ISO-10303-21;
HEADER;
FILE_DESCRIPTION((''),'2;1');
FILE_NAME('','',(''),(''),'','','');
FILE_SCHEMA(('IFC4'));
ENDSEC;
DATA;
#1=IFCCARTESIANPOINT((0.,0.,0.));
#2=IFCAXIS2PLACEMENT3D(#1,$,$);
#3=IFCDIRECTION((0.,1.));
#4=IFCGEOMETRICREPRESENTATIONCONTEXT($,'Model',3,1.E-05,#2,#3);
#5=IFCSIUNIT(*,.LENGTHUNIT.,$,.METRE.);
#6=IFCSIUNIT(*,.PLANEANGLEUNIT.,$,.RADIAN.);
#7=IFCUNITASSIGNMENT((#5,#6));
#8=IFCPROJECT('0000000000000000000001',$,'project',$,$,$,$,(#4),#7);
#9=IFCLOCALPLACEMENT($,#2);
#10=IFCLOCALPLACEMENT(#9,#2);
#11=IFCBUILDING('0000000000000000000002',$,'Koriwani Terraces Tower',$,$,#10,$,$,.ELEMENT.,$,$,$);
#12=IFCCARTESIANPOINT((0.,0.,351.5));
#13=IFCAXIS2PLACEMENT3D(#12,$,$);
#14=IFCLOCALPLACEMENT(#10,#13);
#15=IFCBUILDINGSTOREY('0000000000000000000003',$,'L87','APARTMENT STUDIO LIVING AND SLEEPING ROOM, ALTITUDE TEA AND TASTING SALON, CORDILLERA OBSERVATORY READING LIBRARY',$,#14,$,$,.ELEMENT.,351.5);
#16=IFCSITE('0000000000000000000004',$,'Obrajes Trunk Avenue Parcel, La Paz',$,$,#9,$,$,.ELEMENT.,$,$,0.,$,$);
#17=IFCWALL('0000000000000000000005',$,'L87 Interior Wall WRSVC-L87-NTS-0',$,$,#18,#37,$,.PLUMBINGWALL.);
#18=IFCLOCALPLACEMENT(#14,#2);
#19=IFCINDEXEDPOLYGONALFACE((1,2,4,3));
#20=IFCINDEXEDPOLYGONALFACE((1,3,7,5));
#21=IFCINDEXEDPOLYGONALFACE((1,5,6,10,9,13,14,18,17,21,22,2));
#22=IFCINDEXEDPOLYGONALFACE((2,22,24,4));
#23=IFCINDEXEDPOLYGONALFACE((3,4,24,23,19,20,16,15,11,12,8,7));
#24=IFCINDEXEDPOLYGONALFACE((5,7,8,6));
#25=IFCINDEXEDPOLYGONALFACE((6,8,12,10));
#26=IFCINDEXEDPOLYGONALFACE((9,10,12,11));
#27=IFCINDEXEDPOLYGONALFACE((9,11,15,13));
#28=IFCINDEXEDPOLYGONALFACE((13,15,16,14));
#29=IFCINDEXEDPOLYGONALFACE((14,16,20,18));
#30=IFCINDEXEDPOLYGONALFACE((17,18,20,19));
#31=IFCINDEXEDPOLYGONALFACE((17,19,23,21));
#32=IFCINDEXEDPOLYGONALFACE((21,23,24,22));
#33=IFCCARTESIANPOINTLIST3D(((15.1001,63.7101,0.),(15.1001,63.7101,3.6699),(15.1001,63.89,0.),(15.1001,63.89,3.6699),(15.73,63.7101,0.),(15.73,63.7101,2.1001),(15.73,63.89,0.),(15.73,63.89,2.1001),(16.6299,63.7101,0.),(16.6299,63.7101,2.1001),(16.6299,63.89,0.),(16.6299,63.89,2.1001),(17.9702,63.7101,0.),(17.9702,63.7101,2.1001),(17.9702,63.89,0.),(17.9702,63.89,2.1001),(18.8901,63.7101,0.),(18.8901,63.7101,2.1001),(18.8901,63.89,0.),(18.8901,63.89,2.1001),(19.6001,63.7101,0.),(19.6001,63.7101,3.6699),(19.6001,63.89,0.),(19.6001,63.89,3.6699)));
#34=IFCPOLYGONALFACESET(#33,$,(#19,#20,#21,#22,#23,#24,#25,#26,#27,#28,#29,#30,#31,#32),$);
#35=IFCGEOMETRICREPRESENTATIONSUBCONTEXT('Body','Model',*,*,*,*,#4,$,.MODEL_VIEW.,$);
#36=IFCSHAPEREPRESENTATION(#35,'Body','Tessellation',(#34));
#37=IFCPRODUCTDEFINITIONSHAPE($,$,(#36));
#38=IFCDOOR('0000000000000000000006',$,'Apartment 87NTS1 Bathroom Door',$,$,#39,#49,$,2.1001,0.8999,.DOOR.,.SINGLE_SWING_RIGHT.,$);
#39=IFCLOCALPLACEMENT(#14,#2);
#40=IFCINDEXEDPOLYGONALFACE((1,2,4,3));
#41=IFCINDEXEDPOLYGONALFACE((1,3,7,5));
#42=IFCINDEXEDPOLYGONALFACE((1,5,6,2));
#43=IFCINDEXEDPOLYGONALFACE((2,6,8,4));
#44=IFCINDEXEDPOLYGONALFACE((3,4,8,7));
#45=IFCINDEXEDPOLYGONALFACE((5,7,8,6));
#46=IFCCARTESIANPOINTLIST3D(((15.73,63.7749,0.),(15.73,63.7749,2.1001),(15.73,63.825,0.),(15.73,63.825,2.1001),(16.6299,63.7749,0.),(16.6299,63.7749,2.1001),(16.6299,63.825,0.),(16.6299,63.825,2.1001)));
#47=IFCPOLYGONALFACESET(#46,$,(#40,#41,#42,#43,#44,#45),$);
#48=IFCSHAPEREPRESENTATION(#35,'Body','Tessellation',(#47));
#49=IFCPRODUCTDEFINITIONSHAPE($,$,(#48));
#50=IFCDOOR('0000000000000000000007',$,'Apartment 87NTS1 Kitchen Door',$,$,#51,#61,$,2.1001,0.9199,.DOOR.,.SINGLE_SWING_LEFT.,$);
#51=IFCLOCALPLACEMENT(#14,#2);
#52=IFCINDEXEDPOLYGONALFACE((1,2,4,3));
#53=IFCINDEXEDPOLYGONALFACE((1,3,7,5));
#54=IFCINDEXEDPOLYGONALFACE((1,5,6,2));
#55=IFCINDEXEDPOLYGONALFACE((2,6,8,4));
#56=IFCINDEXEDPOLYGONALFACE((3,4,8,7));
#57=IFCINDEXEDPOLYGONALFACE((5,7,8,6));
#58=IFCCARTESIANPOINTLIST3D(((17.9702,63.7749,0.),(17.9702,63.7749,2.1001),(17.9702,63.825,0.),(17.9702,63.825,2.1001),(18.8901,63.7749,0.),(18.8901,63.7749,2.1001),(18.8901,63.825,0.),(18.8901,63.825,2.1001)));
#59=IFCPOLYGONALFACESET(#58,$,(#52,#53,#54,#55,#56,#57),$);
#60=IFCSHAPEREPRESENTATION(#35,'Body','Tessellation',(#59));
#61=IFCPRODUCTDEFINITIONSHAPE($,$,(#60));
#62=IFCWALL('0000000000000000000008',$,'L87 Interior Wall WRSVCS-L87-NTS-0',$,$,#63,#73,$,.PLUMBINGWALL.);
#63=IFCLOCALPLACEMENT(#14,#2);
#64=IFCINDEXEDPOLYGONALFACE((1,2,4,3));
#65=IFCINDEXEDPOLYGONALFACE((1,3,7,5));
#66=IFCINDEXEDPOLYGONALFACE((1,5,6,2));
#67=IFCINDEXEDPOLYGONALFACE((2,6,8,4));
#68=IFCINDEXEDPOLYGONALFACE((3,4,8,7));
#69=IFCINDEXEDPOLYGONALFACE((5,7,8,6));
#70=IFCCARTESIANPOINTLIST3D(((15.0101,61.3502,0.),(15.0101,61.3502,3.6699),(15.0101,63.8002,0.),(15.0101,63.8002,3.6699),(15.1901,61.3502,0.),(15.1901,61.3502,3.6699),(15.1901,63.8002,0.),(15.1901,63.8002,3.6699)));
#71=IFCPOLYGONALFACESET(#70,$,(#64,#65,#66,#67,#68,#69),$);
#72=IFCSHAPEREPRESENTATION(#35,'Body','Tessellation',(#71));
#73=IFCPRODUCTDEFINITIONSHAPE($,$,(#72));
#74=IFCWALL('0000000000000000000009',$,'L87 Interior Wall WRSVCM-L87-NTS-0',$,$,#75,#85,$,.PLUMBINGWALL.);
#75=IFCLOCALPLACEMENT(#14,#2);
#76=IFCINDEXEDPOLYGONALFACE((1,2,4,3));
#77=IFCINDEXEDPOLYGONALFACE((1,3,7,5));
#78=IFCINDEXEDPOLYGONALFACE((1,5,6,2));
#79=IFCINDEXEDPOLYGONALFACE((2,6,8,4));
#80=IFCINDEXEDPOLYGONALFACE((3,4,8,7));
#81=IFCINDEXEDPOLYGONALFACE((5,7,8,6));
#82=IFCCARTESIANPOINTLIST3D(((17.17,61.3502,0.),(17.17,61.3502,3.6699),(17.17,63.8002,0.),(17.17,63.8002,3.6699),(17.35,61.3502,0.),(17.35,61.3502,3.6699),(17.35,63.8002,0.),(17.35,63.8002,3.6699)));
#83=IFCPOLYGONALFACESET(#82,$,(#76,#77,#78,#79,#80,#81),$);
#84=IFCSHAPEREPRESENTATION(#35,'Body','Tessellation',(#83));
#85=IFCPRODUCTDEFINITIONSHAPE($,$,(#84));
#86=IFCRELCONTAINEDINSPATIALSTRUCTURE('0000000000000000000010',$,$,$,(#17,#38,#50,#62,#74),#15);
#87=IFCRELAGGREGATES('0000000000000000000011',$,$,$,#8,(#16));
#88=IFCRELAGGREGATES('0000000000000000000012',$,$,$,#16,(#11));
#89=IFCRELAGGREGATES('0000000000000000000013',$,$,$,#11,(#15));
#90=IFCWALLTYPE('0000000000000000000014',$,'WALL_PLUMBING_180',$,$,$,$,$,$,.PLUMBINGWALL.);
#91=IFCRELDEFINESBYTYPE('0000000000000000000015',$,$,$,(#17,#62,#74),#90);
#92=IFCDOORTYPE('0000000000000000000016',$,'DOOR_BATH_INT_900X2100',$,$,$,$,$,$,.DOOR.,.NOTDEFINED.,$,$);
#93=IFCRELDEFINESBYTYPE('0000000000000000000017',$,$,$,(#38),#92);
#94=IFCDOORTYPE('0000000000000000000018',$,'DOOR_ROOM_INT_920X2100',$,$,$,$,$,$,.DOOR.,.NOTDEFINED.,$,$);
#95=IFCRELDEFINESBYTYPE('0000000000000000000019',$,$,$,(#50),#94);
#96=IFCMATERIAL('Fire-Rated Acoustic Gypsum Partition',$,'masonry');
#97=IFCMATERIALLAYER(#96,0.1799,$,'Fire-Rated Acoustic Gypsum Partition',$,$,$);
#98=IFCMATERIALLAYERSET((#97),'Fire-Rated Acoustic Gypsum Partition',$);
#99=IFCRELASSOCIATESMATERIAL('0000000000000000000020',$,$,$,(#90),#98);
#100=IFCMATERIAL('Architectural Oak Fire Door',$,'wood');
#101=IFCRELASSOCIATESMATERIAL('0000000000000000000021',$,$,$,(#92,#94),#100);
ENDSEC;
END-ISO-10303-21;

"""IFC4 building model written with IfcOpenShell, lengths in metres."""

from ifc_helpers import new_model, si_unit, direction, frame, frame_2d, origin, place, context, subcontext, project, spatial, rectangle, extrude, material, layer, layer_set, type_object, element, fill, save


model = new_model("IFC4")

# Units and contexts
model_context = context("Model", 3, precision=1e-05, world=origin(), true_north=direction((0.0, 1.0)))
body_context = subcontext(model_context, "Body", "Model", "MODEL_VIEW")
ifc_project = project(units=[si_unit("LENGTHUNIT", "METRE"), si_unit("PLANEANGLEUNIT", "RADIAN")], contexts=[model_context])

# Site, building, storey
site_placement = place(None, origin())
site = spatial("IfcSite", under=ifc_project, at=site_placement, Name="Obrajes Trunk Avenue Parcel, La Paz", CompositionType="ELEMENT", RefElevation=0.0)
building_placement = place(site_placement, origin())
building = spatial("IfcBuilding", under=site, at=building_placement, Name="Koriwani Terraces Tower", CompositionType="ELEMENT")
storey_placement = place(building_placement, frame((0.0, 0.0, 351.5)))
storey = spatial("IfcBuildingStorey", under=building, at=storey_placement, Name="L87", Description="APARTMENT STUDIO LIVING AND SLEEPING ROOM, ALTITUDE TEA AND TASTING SALON, CORDILLERA OBSERVATORY READING LIBRARY", CompositionType="ELEMENT", Elevation=351.5)

# Shared definitions
ifc_material_1 = material(Name="Architectural Oak Fire Door", Category="wood")

# Wall, openings, doors
ifc_material_2 = material(Name="Fire-Rated Acoustic Gypsum Partition", Category="masonry")
ifc_layer_1 = layer(ifc_material_2, 0.1799, Name="Fire-Rated Acoustic Gypsum Partition")
ifc_layer_set_1 = layer_set([ifc_layer_1], Name="Fire-Rated Acoustic Gypsum Partition")
wall_type_1 = type_object("IfcWallType", Name="WALL_PLUMBING_180", PredefinedType="PLUMBINGWALL", material=ifc_layer_set_1)
wall_1_placement = place(storey_placement, frame((15.1001, 63.8, 0.0), z_axis=(0.0, 0.0, 1.0), x_axis=(1.0, 0.0, 0.0)))
wall_1 = element("IfcWall", 1, at=wall_1_placement, inside=storey, type_object=wall_type_1, Name="L87 Interior Wall WRSVC-L87-NTS-0", PredefinedType="PLUMBINGWALL", context=body_context, shape_type="SweptSolid", body=[
    extrude(rectangle(XDim=4.5, YDim=0.1799, at=frame_2d((2.25, 0.0))), origin(), (0.0, 0.0, 1.0), 3.6699),
])
opening_1_placement = place(wall_1_placement, frame((0.6299, 0.0, 0.0)))
opening_1 = element("IfcOpeningElement", 2, at=opening_1_placement, cuts=wall_1, PredefinedType="OPENING", context=body_context, shape_type="SweptSolid", body=[
    extrude(rectangle(XDim=0.8999, YDim=2.1001, at=frame_2d((0.45, 1.05))), frame((0.0, 0.1001, 0.0), z_axis=(0.0, -1.0, 0.0), x_axis=(1.0, 0.0, 0.0)), (0.0, 0.0, 1.0), 0.2),
])
opening_2_placement = place(wall_1_placement, frame((2.8701, 0.0, 0.0)))
opening_2 = element("IfcOpeningElement", 3, at=opening_2_placement, cuts=wall_1, PredefinedType="OPENING", context=body_context, shape_type="SweptSolid", body=[
    extrude(rectangle(XDim=0.9199, YDim=2.1001, at=frame_2d((0.46, 1.05))), frame((0.0, 0.1001, 0.0), z_axis=(0.0, -1.0, 0.0), x_axis=(1.0, 0.0, 0.0)), (0.0, 0.0, 1.0), 0.2),
])
door_type_1 = type_object("IfcDoorType", Name="DOOR_BATH_INT_900X2100", OperationType="NOTDEFINED", PredefinedType="DOOR", material=ifc_material_1)
door_1_placement = place(opening_1_placement, origin())
door_1 = element("IfcDoor", 4, at=door_1_placement, inside=storey, type_object=door_type_1, Name="Apartment 87NTS1 Bathroom Door", OperationType="SINGLE_SWING_RIGHT", OverallHeight=2.1001, OverallWidth=0.8999, PredefinedType="DOOR", context=body_context, shape_type="SweptSolid", body=[
    extrude(rectangle(XDim=0.8999, YDim=2.1001, at=frame_2d((0.45, 1.05))), frame((0.0, 0.0249, 0.0), z_axis=(0.0, -1.0, 0.0), x_axis=(1.0, 0.0, 0.0)), (0.0, 0.0, 1.0), 0.05),
])
fill(opening_1, door_1)
door_type_2 = type_object("IfcDoorType", Name="DOOR_ROOM_INT_920X2100", OperationType="NOTDEFINED", PredefinedType="DOOR", material=ifc_material_1)
door_2_placement = place(opening_2_placement, origin())
door_2 = element("IfcDoor", 5, at=door_2_placement, inside=storey, type_object=door_type_2, Name="Apartment 87NTS1 Kitchen Door", OperationType="SINGLE_SWING_LEFT", OverallHeight=2.1001, OverallWidth=0.9199, PredefinedType="DOOR", context=body_context, shape_type="SweptSolid", body=[
    extrude(rectangle(XDim=0.9199, YDim=2.1001, at=frame_2d((0.46, 1.05))), frame((0.0, 0.0249, 0.0), z_axis=(0.0, -1.0, 0.0), x_axis=(1.0, 0.0, 0.0)), (0.0, 0.0, 1.0), 0.05),
])
fill(opening_2, door_2)

# Walls
for number, where, z_axis, x_axis, name in (
    (6, (15.1001, 61.3501, 0.0), (0.0, 0.0, 1.0), (0.0, 1.0, 0.0), "L87 Interior Wall WRSVCS-L87-NTS-0"),
    (7, (17.26, 61.3501, 0.0), (0.0, 0.0, 1.0), (0.0, 1.0, 0.0), "L87 Interior Wall WRSVCM-L87-NTS-0"),
):
    element("IfcWall", number, at=place(storey_placement, frame(where, z_axis=z_axis, x_axis=x_axis)), inside=storey, type_object=wall_type_1, Name=name, PredefinedType="PLUMBINGWALL", context=body_context, shape_type="SweptSolid", body=[
        extrude(rectangle(XDim=2.45, YDim=0.1799, at=frame_2d((1.2251, 0.0))), origin(), (0.0, 0.0, 1.0), 3.6699),
    ])

save(model, "model.ifc")
